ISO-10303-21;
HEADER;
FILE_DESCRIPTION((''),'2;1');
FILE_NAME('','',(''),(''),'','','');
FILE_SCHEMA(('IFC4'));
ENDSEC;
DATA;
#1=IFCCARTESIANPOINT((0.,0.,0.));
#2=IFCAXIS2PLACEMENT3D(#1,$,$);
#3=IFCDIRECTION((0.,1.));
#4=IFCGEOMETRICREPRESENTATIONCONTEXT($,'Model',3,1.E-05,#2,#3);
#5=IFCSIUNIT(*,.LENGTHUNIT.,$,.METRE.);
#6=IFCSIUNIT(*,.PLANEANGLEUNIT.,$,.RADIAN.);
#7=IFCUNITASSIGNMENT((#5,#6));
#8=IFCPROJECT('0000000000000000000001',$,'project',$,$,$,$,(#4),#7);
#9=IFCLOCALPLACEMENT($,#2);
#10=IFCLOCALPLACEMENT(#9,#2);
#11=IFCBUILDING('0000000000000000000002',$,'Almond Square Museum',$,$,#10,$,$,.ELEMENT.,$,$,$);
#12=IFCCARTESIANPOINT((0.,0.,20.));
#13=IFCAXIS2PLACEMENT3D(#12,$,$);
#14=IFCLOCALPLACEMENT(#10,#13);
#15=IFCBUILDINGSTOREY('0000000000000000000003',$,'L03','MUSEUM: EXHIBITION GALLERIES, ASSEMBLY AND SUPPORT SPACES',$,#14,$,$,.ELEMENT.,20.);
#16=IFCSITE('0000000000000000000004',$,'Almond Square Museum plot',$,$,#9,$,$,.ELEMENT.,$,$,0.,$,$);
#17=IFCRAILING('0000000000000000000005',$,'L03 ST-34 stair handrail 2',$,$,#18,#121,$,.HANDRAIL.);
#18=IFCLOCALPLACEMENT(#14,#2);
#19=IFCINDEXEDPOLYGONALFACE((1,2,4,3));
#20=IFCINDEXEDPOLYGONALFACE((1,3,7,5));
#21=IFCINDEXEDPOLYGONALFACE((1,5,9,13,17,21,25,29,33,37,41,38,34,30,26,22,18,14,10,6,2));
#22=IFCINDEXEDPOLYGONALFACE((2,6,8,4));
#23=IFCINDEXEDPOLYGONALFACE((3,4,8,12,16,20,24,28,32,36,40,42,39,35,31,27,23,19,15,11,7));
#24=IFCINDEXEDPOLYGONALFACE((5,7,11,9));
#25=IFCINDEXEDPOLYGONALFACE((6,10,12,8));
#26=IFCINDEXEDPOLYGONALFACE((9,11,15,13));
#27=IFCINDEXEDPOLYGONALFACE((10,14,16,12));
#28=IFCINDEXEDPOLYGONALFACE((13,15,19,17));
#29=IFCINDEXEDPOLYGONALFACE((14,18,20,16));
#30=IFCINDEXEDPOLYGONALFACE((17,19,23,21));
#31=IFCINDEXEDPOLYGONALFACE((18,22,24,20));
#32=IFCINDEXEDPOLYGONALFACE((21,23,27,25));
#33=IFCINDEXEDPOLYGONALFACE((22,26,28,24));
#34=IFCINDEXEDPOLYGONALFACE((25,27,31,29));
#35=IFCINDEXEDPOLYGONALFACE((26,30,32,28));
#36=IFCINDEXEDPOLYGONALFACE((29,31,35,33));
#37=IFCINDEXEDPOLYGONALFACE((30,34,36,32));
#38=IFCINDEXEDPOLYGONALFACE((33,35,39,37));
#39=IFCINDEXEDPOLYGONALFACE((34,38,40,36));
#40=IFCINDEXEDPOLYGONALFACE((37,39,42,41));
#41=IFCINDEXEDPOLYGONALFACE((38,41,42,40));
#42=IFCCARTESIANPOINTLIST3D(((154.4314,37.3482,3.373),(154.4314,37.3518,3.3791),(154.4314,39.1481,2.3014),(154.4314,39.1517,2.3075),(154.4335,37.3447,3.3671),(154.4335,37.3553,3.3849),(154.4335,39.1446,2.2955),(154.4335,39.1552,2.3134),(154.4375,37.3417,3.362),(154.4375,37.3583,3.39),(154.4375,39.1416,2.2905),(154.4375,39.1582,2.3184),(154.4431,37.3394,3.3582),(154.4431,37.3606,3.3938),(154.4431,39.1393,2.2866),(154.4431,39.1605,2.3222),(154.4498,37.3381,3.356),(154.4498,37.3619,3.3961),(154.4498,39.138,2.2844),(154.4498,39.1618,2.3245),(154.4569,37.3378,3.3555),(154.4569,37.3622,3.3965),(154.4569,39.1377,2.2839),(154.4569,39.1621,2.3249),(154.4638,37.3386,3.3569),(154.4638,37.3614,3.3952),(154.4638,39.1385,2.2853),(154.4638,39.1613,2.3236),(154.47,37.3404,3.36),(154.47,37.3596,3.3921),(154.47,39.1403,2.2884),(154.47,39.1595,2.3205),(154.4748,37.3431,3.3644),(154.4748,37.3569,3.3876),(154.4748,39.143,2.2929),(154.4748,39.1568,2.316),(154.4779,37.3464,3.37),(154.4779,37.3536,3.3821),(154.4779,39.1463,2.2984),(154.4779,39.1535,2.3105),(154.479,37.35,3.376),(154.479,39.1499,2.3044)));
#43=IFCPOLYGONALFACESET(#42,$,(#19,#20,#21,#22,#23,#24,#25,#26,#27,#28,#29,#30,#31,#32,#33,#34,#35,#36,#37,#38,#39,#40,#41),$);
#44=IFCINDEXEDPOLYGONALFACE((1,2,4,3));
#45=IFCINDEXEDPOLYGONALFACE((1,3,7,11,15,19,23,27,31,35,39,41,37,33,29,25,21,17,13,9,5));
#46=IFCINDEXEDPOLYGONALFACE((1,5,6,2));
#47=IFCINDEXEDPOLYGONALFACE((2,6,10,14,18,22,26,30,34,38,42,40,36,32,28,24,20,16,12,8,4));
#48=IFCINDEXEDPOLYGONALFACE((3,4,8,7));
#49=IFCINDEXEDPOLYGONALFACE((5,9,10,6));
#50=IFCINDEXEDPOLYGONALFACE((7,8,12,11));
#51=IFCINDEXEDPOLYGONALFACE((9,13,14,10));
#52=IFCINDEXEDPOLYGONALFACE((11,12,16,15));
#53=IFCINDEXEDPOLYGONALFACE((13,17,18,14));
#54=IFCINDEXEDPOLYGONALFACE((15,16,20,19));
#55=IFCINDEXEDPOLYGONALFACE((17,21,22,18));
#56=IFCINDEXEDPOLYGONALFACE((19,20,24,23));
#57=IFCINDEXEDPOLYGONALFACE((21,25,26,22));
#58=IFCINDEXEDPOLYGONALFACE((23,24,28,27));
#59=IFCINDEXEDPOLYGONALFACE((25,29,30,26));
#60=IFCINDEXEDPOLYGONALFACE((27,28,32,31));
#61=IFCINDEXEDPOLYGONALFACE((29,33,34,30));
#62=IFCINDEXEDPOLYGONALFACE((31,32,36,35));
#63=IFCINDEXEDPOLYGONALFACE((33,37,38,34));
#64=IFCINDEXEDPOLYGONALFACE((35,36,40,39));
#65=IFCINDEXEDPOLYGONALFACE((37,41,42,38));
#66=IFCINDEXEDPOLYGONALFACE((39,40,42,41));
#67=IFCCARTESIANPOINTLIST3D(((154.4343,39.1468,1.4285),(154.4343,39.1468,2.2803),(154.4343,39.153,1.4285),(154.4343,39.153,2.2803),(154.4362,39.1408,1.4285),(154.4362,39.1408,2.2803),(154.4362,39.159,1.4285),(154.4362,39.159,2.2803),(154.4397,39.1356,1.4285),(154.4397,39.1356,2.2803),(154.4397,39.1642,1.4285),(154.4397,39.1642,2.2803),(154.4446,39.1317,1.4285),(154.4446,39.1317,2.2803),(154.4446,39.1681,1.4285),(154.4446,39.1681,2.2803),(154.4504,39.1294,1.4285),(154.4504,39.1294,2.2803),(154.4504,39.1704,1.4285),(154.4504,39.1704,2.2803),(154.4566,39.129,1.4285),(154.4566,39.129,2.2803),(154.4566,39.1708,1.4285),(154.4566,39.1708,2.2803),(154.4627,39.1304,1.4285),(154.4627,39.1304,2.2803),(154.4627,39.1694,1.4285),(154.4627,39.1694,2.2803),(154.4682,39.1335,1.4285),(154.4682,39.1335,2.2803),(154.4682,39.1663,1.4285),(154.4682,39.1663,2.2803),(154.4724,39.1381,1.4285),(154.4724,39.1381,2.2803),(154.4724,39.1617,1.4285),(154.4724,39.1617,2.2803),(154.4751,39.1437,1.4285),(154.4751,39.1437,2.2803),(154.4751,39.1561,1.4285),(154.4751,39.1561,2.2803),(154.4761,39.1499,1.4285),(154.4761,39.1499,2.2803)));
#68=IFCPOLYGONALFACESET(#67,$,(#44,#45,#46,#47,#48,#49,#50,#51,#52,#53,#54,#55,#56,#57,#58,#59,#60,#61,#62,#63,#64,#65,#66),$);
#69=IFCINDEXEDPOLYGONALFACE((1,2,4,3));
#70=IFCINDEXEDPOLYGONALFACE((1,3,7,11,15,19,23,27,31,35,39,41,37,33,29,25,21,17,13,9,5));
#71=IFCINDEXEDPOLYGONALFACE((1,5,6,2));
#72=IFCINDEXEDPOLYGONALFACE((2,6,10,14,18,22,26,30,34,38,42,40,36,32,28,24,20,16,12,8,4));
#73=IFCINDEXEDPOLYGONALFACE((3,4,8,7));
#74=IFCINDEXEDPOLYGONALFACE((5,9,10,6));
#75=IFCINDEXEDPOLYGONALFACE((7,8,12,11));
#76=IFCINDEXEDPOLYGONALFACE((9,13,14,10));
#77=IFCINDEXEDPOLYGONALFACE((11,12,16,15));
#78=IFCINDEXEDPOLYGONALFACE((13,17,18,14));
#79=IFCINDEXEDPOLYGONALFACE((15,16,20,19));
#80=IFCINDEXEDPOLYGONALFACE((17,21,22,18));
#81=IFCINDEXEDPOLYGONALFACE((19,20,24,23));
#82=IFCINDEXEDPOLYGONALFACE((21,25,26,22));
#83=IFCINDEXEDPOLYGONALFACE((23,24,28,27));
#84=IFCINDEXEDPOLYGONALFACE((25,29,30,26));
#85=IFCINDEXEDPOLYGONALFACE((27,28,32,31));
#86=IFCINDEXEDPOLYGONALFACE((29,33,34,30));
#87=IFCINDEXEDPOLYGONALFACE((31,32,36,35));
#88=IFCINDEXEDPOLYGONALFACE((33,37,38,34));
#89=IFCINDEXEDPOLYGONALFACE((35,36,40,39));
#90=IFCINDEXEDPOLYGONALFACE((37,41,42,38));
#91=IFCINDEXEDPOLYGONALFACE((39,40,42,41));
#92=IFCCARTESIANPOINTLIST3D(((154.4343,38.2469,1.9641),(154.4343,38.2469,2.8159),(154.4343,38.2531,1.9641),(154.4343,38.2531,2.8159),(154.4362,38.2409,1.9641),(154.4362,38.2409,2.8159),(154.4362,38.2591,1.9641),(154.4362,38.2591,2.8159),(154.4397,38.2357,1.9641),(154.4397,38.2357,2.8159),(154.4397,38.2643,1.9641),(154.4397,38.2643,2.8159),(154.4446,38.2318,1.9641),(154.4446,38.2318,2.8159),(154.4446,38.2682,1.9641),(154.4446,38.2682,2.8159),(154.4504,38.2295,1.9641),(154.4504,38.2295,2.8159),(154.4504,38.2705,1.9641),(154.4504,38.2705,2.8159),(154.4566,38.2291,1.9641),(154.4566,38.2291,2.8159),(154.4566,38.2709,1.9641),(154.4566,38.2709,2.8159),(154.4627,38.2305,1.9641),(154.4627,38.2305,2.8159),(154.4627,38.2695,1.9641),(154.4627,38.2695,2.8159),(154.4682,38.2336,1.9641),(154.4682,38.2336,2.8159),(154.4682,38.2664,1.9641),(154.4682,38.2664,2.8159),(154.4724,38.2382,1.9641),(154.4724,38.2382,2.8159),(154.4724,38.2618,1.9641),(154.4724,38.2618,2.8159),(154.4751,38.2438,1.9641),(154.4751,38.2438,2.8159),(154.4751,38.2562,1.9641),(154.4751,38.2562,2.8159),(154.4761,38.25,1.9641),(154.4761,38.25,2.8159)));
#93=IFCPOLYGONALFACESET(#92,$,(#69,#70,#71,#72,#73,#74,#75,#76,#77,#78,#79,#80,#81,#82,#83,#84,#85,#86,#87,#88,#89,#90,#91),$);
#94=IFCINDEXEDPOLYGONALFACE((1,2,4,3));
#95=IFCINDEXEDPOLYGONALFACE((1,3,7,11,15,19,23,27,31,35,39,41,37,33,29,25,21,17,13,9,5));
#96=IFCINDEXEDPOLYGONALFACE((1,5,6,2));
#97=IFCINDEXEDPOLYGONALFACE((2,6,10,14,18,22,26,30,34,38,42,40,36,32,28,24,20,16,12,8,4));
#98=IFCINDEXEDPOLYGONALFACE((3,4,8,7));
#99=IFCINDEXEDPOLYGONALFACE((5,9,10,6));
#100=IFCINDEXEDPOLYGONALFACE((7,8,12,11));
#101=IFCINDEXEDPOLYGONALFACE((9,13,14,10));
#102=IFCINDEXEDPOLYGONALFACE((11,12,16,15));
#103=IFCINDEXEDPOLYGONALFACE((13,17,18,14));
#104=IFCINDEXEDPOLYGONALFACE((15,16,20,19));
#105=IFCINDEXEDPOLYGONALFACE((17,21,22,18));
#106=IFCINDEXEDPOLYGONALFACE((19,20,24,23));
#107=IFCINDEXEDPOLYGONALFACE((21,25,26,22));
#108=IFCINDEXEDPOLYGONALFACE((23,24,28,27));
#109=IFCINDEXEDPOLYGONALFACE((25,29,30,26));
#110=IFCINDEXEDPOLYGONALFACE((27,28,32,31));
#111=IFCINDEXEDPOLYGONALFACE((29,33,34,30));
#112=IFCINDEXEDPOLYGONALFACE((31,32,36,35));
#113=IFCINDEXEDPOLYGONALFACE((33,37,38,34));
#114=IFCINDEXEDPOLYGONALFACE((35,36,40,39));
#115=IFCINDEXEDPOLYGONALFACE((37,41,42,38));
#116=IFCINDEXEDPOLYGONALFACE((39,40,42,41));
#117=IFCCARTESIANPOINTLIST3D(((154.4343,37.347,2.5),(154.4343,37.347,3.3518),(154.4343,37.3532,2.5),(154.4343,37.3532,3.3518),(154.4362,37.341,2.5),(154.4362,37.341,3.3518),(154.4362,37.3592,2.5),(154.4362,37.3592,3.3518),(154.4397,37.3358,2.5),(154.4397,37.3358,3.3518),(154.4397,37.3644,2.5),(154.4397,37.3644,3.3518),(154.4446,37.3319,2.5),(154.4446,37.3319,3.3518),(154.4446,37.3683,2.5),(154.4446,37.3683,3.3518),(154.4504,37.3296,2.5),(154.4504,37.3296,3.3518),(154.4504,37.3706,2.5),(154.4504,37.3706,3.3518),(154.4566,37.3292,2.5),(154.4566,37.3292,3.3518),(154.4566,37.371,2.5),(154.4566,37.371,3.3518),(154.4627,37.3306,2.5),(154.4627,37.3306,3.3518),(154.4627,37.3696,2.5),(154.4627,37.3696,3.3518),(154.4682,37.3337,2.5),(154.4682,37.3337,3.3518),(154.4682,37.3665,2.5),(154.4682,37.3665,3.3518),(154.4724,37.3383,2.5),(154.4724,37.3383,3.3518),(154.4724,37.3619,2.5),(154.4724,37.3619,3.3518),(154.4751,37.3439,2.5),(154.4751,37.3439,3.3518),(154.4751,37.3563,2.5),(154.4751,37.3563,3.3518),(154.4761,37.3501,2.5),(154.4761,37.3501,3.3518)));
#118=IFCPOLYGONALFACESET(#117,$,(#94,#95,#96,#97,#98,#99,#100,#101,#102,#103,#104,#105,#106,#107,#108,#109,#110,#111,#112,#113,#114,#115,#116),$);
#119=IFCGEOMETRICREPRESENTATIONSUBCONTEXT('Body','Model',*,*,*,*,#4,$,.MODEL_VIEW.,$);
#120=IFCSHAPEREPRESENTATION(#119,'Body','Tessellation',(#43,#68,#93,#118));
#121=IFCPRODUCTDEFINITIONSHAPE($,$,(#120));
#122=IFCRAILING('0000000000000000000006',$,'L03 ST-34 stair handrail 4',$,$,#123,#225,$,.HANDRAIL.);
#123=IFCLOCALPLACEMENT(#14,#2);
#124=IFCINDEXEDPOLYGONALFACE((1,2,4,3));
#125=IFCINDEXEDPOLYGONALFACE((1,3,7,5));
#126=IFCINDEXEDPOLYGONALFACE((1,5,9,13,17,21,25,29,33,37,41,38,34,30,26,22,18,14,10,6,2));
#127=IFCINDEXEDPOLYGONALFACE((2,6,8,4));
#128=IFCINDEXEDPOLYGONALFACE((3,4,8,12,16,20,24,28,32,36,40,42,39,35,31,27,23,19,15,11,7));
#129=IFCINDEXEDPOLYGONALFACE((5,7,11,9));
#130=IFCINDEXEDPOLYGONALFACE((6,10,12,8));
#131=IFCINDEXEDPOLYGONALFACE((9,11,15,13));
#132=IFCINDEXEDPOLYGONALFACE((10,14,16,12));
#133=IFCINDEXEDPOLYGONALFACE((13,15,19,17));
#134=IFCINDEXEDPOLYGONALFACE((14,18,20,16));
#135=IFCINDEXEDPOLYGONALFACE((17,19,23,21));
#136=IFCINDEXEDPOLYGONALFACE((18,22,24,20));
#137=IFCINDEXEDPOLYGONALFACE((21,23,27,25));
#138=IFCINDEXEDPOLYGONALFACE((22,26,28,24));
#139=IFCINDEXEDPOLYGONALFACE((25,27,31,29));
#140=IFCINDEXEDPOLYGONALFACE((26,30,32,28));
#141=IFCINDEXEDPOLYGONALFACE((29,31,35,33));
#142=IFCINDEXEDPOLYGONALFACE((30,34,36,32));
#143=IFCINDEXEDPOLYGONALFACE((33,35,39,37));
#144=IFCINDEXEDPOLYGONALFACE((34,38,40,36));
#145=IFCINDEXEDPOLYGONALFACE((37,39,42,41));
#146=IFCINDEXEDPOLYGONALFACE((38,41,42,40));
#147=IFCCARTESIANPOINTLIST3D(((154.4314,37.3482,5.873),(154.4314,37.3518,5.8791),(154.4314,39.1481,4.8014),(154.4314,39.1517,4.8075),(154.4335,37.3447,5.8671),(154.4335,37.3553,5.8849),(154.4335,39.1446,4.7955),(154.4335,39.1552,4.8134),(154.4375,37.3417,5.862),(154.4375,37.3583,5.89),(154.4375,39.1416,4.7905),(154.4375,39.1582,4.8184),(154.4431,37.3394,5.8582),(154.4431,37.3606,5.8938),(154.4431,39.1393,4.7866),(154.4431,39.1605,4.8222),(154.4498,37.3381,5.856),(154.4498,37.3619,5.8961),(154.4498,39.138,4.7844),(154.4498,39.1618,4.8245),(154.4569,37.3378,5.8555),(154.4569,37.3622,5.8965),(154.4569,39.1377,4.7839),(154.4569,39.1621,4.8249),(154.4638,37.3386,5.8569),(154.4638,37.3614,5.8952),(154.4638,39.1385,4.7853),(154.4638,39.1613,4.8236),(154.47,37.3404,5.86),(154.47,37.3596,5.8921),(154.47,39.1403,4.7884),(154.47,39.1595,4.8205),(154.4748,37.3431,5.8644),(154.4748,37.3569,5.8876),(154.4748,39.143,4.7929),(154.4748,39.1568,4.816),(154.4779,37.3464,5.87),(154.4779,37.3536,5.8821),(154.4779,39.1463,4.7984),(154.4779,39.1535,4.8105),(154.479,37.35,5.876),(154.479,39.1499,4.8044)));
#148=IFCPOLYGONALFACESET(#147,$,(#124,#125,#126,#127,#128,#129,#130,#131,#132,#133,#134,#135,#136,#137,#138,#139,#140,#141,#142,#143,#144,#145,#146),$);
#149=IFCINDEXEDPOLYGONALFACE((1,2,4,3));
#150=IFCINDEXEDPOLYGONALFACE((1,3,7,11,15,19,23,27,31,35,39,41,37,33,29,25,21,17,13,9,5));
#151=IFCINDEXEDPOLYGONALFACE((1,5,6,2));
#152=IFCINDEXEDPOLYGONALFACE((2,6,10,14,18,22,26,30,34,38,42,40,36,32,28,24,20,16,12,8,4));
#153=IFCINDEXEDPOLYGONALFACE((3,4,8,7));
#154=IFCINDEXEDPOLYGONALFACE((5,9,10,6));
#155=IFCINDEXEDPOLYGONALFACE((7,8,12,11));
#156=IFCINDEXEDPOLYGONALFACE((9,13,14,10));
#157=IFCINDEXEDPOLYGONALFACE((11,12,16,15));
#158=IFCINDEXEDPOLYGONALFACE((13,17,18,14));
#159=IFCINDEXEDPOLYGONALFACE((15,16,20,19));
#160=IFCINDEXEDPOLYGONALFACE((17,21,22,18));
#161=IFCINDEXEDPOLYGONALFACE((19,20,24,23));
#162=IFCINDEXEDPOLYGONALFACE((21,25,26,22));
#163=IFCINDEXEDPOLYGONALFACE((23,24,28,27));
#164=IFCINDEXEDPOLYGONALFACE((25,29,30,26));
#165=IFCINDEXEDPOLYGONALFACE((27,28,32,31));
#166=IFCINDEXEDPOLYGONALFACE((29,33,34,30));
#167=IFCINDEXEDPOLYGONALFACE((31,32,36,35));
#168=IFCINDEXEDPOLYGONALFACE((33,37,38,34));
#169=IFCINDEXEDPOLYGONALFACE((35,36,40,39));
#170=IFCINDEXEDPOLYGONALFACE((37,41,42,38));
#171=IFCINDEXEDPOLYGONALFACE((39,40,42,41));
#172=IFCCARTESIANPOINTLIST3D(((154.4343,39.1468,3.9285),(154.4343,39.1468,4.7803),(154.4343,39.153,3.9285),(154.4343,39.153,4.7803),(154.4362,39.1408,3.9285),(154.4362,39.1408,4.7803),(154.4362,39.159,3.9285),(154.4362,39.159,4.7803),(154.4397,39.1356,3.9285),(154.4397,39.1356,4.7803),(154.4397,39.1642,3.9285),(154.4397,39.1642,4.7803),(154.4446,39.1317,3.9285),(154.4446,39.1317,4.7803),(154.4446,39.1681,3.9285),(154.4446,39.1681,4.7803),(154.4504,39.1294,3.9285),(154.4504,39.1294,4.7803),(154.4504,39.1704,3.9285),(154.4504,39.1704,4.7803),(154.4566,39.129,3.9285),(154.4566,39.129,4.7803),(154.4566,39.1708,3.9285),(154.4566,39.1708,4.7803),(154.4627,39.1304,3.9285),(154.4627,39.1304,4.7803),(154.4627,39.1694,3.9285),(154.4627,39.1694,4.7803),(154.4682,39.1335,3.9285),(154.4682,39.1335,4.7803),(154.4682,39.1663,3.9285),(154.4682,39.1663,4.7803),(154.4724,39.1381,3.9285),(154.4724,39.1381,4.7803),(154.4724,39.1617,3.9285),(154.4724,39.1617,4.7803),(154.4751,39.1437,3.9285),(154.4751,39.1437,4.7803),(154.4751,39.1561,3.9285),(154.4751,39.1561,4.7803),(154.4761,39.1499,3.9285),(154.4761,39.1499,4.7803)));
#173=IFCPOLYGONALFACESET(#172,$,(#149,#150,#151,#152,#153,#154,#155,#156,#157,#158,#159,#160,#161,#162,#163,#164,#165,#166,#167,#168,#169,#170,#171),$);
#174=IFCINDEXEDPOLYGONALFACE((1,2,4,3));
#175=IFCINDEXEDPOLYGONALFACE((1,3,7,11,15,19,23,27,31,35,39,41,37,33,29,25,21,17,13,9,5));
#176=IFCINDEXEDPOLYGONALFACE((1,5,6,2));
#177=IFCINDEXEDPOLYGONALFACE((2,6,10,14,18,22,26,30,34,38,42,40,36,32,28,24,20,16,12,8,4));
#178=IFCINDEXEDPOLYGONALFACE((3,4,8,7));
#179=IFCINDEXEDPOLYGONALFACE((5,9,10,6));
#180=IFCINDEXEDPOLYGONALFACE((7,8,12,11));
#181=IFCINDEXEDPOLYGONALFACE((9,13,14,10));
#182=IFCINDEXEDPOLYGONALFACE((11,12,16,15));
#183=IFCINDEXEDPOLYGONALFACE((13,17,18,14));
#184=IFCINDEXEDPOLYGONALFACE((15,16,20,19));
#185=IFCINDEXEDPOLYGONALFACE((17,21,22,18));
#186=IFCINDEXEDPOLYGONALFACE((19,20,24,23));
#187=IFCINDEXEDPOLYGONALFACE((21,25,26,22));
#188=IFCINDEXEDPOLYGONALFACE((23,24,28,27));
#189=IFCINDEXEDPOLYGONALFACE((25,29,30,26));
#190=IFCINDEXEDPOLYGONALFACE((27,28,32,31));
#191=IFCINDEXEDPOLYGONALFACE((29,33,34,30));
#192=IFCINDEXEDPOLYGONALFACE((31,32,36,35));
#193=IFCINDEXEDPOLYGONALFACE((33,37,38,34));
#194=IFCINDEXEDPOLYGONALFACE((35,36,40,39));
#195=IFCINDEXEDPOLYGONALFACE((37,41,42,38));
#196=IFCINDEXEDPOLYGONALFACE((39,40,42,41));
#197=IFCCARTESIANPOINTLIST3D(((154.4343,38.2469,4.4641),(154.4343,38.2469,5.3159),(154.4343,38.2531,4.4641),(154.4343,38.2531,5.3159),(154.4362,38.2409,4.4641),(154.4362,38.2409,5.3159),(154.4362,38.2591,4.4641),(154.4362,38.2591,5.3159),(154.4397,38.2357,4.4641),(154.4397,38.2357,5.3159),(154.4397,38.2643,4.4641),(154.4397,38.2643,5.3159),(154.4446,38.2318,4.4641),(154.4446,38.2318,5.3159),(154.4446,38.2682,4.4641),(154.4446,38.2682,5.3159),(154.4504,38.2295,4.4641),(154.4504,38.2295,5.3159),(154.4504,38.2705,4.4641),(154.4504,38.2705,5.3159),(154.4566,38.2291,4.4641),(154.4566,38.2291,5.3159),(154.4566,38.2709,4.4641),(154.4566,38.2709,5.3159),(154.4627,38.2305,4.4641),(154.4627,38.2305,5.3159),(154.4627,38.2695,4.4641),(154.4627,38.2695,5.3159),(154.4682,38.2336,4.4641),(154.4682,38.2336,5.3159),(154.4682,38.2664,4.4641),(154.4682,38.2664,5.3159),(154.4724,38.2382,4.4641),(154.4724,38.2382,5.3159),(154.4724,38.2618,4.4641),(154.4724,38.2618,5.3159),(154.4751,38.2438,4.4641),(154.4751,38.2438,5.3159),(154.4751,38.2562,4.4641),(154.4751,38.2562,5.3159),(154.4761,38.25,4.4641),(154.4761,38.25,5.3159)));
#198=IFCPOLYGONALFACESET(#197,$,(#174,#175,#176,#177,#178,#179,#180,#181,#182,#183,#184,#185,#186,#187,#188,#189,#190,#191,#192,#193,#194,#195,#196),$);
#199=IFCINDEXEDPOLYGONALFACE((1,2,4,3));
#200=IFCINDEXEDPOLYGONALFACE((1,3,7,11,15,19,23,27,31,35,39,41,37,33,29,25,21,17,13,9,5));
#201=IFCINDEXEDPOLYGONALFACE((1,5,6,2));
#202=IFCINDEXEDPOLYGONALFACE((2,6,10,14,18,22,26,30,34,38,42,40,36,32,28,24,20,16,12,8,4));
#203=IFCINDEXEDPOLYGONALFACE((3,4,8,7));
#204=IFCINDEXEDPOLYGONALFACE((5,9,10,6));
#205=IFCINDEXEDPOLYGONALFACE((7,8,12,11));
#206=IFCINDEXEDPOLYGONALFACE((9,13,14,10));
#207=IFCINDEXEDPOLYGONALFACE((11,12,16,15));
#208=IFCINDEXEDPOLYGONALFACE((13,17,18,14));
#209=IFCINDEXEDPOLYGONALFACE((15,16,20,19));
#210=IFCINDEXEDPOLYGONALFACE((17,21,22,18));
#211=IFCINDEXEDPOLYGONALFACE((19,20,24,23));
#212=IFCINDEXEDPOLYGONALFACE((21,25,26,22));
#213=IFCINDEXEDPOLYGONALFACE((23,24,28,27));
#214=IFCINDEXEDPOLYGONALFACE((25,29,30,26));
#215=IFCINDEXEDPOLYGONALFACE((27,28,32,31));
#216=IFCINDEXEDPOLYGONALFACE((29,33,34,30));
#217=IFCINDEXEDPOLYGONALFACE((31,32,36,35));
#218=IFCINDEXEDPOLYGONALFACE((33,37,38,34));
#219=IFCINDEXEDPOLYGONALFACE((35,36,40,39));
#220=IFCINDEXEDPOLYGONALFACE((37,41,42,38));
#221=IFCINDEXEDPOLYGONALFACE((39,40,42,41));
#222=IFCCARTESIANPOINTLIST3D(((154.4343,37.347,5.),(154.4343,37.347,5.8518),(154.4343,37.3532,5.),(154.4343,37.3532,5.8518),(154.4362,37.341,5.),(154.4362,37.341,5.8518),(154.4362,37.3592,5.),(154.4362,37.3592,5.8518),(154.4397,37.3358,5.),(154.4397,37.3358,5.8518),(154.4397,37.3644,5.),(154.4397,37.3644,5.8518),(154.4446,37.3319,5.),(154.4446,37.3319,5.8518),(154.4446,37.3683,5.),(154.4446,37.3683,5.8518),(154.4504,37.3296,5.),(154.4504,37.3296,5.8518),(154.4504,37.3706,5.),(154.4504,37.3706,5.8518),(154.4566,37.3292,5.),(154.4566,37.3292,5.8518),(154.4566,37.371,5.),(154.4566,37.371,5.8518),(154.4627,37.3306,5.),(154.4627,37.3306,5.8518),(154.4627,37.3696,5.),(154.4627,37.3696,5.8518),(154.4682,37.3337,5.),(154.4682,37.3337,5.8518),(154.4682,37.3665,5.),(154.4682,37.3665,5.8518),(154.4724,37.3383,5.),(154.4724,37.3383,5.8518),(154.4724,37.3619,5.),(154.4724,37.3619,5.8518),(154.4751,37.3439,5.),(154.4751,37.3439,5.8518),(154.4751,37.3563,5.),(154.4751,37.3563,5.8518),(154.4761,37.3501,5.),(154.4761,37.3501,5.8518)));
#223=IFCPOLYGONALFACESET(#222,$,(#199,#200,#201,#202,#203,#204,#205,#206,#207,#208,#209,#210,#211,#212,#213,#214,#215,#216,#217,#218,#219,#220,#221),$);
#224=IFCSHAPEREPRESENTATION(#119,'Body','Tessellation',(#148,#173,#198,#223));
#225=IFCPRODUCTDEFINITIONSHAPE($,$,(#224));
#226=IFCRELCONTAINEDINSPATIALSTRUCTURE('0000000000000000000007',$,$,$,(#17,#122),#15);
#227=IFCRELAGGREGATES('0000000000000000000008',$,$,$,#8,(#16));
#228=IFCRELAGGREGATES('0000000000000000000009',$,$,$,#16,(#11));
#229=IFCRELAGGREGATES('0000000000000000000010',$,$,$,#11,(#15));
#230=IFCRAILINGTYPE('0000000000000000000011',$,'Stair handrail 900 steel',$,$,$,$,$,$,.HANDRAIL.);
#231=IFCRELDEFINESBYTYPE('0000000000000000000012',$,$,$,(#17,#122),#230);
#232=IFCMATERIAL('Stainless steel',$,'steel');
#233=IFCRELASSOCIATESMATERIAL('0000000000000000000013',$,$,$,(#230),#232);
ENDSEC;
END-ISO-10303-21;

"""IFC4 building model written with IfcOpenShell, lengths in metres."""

from ifc_helpers import new_model, si_unit, direction, frame, origin, origin_2d, place, context, subcontext, project, spatial, circle, extrude, material, type_object, element, save


model = new_model("IFC4")

# Units and contexts
model_context = context("Model", 3, precision=1e-05, world=origin(), true_north=direction((0.0, 1.0)))
body_context = subcontext(model_context, "Body", "Model", "MODEL_VIEW")
ifc_project = project(units=[si_unit("LENGTHUNIT", "METRE"), si_unit("PLANEANGLEUNIT", "RADIAN")], contexts=[model_context])

# Site, building, storey
site_placement = place(None, origin())
site = spatial("IfcSite", under=ifc_project, at=site_placement, Name="Almond Square Museum plot", CompositionType="ELEMENT", RefElevation=0.0)
building_placement = place(site_placement, origin())
building = spatial("IfcBuilding", under=site, at=building_placement, Name="Almond Square Museum", CompositionType="ELEMENT")
storey_placement = place(building_placement, frame((0.0, 0.0, 20.0)))
storey = spatial("IfcBuildingStorey", under=building, at=storey_placement, Name="L03", Description="MUSEUM: EXHIBITION GALLERIES, ASSEMBLY AND SUPPORT SPACES", CompositionType="ELEMENT", Elevation=20.0)

# Railings
ifc_material_1 = material(Name="Stainless steel", Category="steel")
railing_type_1 = type_object("IfcRailingType", Name="Stair handrail 900 steel", PredefinedType="HANDRAIL", material=ifc_material_1)
for number, where, name in (
    (1, (154.4551, 39.1499, 1.4285), "L03 ST-34 stair handrail 2"),
    (2, (154.4551, 39.1499, 3.9285), "L03 ST-34 stair handrail 4"),
):
    element("IfcRailing", number, at=place(storey_placement, frame(where)), inside=storey, type_object=railing_type_1, Name=name, PredefinedType="HANDRAIL", context=body_context, shape_type="SweptSolid", body=[
        extrude(circle(Radius=0.0239, at=origin_2d()), frame((0.0, 0.0, 0.876), z_axis=(0.0, -0.859247, 0.511562), x_axis=(1.0, 0.0, 0.0)), (0.0, 0.0, 1.0), 2.0947),
        extrude(circle(Radius=0.021, at=origin_2d()), origin(), (0.0, 0.0, 1.0), 0.8518),
        extrude(circle(Radius=0.021, at=origin_2d()), frame((0.0, -0.8999, 0.5356)), (0.0, 0.0, 1.0), 0.8518),
        extrude(circle(Radius=0.021, at=origin_2d()), frame((0.0, -1.7998, 1.0715)), (0.0, 0.0, 1.0), 0.8518),
    ])

save(model, "model.ifc")
